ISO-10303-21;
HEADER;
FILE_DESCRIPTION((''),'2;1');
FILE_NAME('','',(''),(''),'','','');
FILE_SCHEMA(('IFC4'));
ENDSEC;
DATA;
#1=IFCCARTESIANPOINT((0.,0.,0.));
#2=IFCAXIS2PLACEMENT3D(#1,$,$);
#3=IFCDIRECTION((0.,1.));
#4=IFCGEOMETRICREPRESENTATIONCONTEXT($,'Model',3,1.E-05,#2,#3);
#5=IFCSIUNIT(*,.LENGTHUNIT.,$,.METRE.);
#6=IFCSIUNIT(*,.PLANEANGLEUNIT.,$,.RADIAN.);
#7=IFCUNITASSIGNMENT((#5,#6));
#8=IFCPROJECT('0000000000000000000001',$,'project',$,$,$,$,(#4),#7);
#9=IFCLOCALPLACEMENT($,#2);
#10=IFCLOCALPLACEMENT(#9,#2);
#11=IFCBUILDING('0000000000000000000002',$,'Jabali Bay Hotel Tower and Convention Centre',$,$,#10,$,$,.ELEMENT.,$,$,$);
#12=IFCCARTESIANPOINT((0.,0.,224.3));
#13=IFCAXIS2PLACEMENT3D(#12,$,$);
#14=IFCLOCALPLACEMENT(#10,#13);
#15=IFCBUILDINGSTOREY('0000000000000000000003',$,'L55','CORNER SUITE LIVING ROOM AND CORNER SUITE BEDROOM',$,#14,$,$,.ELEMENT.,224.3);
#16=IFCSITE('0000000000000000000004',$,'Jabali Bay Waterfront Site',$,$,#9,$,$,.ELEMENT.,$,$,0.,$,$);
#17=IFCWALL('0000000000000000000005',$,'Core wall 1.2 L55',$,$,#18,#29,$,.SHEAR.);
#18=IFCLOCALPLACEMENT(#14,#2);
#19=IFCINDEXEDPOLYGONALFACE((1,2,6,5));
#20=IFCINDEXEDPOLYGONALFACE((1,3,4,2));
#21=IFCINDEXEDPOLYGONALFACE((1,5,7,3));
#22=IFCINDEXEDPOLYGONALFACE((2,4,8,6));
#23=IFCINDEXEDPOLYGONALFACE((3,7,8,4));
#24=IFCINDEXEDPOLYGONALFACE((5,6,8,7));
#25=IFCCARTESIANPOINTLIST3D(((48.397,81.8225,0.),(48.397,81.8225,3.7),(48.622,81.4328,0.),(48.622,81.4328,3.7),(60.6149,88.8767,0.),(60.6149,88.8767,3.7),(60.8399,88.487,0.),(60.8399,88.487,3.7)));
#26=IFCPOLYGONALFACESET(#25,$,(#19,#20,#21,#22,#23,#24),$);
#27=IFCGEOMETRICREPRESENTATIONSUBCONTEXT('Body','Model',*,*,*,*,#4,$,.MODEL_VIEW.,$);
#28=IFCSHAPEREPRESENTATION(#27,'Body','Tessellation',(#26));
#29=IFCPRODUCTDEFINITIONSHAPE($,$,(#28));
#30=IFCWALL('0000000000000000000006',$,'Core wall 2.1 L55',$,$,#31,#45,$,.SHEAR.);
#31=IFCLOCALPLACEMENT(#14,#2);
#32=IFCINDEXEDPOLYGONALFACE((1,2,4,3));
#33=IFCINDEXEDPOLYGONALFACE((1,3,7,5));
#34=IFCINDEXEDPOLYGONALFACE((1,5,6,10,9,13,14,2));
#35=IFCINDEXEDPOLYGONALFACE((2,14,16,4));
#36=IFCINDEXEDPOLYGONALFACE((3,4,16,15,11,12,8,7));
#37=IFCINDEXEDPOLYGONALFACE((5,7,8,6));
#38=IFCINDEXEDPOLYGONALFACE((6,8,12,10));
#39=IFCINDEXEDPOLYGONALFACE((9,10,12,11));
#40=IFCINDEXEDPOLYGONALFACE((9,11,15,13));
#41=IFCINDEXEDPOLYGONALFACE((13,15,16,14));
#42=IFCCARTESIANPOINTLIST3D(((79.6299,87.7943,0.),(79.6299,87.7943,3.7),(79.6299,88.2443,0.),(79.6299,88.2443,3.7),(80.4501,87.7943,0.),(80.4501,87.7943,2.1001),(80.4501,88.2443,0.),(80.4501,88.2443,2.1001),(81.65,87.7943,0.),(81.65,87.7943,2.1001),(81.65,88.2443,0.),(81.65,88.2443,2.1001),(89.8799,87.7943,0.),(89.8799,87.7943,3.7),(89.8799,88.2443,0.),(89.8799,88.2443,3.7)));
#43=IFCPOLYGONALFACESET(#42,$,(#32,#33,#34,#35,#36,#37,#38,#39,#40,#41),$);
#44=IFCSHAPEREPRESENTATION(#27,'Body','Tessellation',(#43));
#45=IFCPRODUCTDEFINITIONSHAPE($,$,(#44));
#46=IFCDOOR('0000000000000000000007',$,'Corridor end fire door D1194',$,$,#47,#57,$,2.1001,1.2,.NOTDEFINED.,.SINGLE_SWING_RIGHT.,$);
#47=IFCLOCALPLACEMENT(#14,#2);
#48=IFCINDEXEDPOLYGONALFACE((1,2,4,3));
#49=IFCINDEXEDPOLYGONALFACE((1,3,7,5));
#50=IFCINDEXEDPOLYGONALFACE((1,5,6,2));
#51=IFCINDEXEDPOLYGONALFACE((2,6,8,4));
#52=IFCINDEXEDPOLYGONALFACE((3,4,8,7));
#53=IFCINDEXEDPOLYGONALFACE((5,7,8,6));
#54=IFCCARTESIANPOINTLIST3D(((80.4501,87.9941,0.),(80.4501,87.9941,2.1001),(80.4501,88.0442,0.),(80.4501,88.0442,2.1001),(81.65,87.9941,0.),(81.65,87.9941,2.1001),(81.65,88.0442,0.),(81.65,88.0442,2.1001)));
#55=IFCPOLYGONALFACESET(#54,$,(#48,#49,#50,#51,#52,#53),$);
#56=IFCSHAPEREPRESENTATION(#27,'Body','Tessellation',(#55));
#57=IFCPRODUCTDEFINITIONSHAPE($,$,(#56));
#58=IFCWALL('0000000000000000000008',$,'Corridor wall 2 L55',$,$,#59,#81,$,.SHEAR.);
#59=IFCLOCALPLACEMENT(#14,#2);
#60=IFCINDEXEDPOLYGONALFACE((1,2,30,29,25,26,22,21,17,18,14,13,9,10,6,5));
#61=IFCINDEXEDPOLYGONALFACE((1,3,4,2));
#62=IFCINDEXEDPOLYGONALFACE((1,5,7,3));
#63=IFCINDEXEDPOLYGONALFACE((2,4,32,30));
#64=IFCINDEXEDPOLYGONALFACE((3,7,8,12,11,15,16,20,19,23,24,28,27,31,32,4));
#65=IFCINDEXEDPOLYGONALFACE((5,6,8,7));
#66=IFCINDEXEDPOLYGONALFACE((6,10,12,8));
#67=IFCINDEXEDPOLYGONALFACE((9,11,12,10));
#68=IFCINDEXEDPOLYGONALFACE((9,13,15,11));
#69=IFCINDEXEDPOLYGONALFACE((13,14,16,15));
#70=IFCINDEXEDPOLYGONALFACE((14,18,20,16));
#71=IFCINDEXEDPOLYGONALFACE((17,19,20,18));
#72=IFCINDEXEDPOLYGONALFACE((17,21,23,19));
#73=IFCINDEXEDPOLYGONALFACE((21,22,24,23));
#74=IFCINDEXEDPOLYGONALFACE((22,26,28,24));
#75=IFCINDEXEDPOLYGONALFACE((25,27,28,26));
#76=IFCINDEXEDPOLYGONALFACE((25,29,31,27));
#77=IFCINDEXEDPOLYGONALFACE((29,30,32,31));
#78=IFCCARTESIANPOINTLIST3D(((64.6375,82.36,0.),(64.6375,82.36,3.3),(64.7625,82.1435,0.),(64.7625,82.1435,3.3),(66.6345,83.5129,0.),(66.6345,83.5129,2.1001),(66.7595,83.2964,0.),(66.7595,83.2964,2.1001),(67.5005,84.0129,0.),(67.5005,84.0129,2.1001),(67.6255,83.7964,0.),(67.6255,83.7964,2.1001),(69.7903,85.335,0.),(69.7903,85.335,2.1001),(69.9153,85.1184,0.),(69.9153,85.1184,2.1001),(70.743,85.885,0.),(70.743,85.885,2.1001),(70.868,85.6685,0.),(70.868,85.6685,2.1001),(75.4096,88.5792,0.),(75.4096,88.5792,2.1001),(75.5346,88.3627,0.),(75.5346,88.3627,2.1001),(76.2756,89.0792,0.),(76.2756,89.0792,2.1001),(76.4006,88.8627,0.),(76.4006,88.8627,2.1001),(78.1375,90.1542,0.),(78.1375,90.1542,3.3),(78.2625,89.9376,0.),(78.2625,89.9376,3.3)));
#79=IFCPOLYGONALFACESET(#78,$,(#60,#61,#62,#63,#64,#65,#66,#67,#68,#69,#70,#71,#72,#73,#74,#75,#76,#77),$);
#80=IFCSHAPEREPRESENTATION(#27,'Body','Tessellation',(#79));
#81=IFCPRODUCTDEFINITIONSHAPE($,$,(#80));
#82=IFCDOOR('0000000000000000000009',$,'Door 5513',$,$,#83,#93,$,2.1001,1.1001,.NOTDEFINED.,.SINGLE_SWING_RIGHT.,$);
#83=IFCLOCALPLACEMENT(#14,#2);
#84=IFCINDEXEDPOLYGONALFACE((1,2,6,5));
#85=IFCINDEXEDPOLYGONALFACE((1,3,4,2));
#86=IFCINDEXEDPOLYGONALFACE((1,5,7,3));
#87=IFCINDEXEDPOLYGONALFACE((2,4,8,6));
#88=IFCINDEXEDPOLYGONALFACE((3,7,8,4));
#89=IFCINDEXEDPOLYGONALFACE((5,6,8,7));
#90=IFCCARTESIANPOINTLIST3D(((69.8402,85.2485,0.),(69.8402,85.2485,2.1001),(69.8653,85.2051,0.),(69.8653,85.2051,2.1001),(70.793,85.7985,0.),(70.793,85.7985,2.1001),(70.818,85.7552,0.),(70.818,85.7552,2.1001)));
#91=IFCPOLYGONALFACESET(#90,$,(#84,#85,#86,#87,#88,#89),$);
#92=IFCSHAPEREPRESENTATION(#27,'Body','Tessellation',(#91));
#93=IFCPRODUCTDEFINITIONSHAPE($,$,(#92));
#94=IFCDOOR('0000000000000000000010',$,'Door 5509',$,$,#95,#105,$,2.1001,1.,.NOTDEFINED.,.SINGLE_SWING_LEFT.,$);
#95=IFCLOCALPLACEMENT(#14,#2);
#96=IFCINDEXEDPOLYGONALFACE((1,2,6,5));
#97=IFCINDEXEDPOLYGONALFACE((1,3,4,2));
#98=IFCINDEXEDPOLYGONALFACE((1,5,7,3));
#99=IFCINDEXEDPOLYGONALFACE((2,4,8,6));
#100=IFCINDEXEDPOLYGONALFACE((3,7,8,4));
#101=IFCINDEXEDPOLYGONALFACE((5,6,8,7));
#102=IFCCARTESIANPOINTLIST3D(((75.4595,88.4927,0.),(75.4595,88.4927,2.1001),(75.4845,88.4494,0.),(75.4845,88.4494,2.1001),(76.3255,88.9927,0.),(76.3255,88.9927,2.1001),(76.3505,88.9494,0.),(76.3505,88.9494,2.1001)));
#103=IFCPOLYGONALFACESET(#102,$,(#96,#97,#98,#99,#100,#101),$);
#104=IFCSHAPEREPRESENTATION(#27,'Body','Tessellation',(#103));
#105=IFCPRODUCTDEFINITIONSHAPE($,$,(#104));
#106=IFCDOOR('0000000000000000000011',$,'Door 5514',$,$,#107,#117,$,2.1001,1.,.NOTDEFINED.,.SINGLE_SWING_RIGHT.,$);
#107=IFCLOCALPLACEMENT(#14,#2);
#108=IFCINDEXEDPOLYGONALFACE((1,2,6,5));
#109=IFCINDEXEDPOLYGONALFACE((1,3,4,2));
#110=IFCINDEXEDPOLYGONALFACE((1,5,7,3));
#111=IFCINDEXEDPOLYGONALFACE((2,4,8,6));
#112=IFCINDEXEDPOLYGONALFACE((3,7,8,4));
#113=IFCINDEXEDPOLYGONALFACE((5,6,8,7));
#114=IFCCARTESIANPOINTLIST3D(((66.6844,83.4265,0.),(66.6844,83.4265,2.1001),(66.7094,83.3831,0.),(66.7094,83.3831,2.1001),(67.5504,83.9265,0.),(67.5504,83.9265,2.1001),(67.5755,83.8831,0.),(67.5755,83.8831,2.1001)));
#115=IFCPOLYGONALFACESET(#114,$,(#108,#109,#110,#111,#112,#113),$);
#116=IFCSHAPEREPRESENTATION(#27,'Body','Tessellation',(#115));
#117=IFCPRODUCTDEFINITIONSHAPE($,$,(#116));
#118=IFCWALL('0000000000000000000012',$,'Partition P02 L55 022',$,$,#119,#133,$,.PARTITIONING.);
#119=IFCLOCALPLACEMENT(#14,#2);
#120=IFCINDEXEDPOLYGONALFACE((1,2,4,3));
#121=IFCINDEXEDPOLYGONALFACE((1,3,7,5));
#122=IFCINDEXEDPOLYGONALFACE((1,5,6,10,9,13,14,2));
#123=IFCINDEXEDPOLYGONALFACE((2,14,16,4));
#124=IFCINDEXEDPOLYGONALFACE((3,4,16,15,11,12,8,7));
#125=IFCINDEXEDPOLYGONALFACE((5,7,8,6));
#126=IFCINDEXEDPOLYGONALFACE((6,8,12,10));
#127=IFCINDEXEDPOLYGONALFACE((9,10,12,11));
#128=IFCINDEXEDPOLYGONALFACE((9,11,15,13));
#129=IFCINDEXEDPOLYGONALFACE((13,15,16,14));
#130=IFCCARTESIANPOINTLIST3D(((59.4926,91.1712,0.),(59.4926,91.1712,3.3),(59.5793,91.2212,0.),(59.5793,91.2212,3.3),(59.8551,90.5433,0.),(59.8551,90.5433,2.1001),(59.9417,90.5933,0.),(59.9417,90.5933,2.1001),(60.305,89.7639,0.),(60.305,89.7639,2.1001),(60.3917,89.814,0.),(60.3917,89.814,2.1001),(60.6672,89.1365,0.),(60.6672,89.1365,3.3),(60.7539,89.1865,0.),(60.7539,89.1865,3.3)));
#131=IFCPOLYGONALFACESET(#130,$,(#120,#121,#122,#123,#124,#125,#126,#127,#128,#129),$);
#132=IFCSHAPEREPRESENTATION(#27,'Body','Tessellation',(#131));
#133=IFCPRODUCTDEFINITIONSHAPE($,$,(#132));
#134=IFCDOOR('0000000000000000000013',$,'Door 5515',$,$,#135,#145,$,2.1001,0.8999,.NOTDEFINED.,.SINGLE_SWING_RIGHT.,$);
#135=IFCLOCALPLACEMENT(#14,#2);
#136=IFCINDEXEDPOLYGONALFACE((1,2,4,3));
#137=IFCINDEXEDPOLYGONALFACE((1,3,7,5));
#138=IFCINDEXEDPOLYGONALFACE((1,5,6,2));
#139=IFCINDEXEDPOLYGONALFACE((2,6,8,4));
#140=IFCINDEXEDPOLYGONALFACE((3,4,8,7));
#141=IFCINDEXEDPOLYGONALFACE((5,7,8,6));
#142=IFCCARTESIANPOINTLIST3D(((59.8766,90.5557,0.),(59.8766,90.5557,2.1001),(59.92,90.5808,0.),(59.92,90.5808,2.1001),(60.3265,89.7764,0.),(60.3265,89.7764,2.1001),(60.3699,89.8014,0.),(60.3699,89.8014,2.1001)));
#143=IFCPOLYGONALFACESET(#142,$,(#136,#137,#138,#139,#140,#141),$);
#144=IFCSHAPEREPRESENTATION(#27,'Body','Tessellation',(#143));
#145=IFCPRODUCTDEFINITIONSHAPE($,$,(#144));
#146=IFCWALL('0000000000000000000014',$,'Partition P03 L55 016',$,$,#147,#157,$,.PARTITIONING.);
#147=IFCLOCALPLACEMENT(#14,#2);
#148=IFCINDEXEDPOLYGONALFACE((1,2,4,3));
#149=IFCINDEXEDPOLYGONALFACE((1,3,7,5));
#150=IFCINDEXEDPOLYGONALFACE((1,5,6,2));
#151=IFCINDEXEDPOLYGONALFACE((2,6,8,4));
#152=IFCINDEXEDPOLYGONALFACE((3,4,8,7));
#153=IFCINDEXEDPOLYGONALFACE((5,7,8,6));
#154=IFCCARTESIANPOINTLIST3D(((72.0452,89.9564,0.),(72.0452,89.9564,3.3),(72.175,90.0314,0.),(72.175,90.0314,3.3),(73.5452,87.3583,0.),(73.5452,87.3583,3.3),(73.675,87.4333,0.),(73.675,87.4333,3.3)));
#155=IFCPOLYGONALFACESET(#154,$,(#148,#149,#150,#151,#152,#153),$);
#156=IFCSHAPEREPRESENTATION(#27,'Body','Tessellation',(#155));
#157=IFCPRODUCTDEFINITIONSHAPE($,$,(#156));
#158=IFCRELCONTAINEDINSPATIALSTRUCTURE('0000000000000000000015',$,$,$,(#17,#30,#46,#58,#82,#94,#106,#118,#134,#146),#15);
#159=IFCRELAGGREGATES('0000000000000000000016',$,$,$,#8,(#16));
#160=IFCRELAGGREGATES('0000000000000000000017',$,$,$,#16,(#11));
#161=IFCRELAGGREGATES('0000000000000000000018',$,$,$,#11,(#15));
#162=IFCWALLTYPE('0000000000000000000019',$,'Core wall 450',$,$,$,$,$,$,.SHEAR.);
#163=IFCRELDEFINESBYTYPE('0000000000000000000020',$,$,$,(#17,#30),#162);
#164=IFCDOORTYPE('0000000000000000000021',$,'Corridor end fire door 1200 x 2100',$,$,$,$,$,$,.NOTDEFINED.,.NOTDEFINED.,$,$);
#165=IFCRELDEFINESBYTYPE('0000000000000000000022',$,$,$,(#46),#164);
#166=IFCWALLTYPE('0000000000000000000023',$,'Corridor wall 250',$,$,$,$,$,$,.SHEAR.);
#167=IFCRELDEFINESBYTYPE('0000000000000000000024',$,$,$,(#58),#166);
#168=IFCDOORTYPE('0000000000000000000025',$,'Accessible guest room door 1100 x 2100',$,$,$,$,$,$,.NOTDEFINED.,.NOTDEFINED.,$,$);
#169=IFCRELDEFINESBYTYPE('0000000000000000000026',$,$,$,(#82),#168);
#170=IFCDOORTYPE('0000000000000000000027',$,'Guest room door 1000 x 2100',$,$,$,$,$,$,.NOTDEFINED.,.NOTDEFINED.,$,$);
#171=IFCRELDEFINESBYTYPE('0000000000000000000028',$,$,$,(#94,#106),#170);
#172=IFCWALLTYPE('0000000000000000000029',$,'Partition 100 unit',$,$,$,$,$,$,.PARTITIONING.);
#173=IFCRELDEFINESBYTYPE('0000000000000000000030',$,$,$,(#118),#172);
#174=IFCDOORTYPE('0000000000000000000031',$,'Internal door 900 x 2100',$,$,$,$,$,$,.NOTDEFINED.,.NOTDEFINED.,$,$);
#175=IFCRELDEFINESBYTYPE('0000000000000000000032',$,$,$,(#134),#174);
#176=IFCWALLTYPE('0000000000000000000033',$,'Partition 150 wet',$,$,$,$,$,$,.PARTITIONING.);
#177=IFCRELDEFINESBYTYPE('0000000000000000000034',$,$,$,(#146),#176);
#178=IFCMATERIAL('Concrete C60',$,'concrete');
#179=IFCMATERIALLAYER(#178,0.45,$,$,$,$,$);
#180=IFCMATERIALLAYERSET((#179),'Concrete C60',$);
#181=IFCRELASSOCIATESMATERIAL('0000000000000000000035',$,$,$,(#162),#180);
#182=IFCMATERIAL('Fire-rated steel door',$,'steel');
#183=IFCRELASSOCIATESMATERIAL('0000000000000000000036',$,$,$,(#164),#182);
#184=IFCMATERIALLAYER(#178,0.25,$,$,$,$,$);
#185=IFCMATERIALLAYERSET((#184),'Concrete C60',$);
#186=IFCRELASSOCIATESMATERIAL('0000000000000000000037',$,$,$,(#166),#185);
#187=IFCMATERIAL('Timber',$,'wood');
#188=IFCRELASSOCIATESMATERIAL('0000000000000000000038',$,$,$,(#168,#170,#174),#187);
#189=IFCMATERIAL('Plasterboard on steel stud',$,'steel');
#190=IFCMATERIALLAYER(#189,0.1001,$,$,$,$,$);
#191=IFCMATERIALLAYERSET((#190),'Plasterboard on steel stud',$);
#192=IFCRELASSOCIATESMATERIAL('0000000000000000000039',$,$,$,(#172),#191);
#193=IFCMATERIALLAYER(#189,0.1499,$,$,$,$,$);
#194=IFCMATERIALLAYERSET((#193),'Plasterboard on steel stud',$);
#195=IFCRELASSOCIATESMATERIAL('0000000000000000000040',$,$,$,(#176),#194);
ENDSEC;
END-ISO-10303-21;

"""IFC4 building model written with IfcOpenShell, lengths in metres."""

from ifc_helpers import new_model, si_unit, direction, frame, frame_2d, origin, place, context, subcontext, project, spatial, rectangle, extrude, material, layer, layer_set, type_object, element, fill, save


model = new_model("IFC4")

# Units and contexts
model_context = context("Model", 3, precision=1e-05, world=origin(), true_north=direction((0.0, 1.0)))
body_context = subcontext(model_context, "Body", "Model", "MODEL_VIEW")
ifc_project = project(units=[si_unit("LENGTHUNIT", "METRE"), si_unit("PLANEANGLEUNIT", "RADIAN")], contexts=[model_context])

# Site, building, storey
site_placement = place(None, origin())
site = spatial("IfcSite", under=ifc_project, at=site_placement, Name="Jabali Bay Waterfront Site", CompositionType="ELEMENT", RefElevation=0.0)
building_placement = place(site_placement, origin())
building = spatial("IfcBuilding", under=site, at=building_placement, Name="Jabali Bay Hotel Tower and Convention Centre", CompositionType="ELEMENT")
storey_placement = place(building_placement, frame((0.0, 0.0, 224.3)))
storey = spatial("IfcBuildingStorey", under=building, at=storey_placement, Name="L55", Description="CORNER SUITE LIVING ROOM AND CORNER SUITE BEDROOM", CompositionType="ELEMENT", Elevation=224.3)

# Shared definitions
ifc_material_1 = material(Name="Fire-rated steel door", Category="steel")

# Shared definitions
ifc_material_2 = material(Name="Concrete C60", Category="concrete")
ifc_layer_1 = layer(ifc_material_2, 0.45)
ifc_layer_set_1 = layer_set([ifc_layer_1], Name="Concrete C60")
wall_type_1 = type_object("IfcWallType", Name="Core wall 450", PredefinedType="SHEAR", material=ifc_layer_set_1)
door_type_1 = type_object("IfcDoorType", Name="Corridor end fire door 1200 x 2100", OperationType="NOTDEFINED", PredefinedType="NOTDEFINED", material=ifc_material_1)

# Wall
wall_1_placement = place(storey_placement, frame((60.7275, 88.6819, 0.0), z_axis=(0.0, 0.0, 1.0), x_axis=(-0.866022, -0.500007, 0.0)))
element("IfcWall", 1, at=wall_1_placement, inside=storey, type_object=wall_type_1, Name="Core wall 1.2 L55", PredefinedType="SHEAR", context=body_context, shape_type="SweptSolid", body=[
    extrude(rectangle(XDim=14.1082, YDim=0.45, at=frame_2d((7.0542, 0.0))), origin(), (0.0, 0.0, 1.0), 3.7),
])

# Wall, opening, door
wall_2_placement = place(storey_placement, frame((79.6299, 88.0193, 0.0), z_axis=(0.0, 0.0, 1.0), x_axis=(1.0, 0.0, 0.0)))
wall_2 = element("IfcWall", 2, at=wall_2_placement, inside=storey, type_object=wall_type_1, Name="Core wall 2.1 L55", PredefinedType="SHEAR", context=body_context, shape_type="SweptSolid", body=[
    extrude(rectangle(XDim=10.25, YDim=0.45, at=frame_2d((5.125, 0.0))), origin(), (0.0, 0.0, 1.0), 3.7),
])
opening_1_placement = place(wall_2_placement, frame((0.8201, 0.0, 0.0)))
opening_1 = element("IfcOpeningElement", 3, at=opening_1_placement, cuts=wall_2, PredefinedType="OPENING", context=body_context, shape_type="SweptSolid", body=[
    extrude(rectangle(XDim=1.2, YDim=2.1001, at=frame_2d((0.6001, 1.05))), frame((0.0, 0.2354, 0.0), z_axis=(0.0, -1.0, 0.0), x_axis=(1.0, 0.0, 0.0)), (0.0, 0.0, 1.0), 0.4709),
])
door_1_placement = place(opening_1_placement, origin())
door_1 = element("IfcDoor", 4, at=door_1_placement, inside=storey, type_object=door_type_1, Name="Corridor end fire door D1194", OperationType="SINGLE_SWING_RIGHT", OverallHeight=2.1001, OverallWidth=1.2, PredefinedType="NOTDEFINED", context=body_context, shape_type="SweptSolid", body=[
    extrude(rectangle(XDim=1.2, YDim=2.1001, at=frame_2d((0.6001, 1.05))), frame((0.0, 0.0249, 0.0), z_axis=(0.0, -1.0, 0.0), x_axis=(1.0, 0.0, 0.0)), (0.0, 0.0, 1.0), 0.05),
])
fill(opening_1, door_1)

# Wall, openings, doors
ifc_layer_2 = layer(ifc_material_2, 0.25)
ifc_layer_set_2 = layer_set([ifc_layer_2], Name="Concrete C60")
wall_type_2 = type_object("IfcWallType", Name="Corridor wall 250", PredefinedType="SHEAR", material=ifc_layer_set_2)
wall_3_placement = place(storey_placement, frame((78.2, 90.0459, 0.0), z_axis=(0.0, 0.0, 1.0), x_axis=(-0.866026, -0.499998, 0.0)))
wall_3 = element("IfcWall", 5, at=wall_3_placement, inside=storey, type_object=wall_type_2, Name="Corridor wall 2 L55", PredefinedType="SHEAR", context=body_context, shape_type="SweptSolid", body=[
    extrude(rectangle(XDim=15.5884, YDim=0.25, at=frame_2d((7.7942, 0.0))), origin(), (0.0, 0.0, 1.0), 3.3),
])
opening_2_placement = place(wall_3_placement, frame((2.1499, 0.0, 0.0)))
opening_2 = element("IfcOpeningElement", 6, at=opening_2_placement, cuts=wall_3, PredefinedType="OPENING", context=body_context, shape_type="SweptSolid", body=[
    extrude(rectangle(XDim=1.0, YDim=2.1001, at=frame_2d((0.5, 1.05))), frame((0.0, 0.1355, 0.0), z_axis=(0.0, -1.0, 0.0), x_axis=(1.0, 0.0, 0.0)), (0.0, 0.0, 1.0), 0.271),
])
opening_3_placement = place(wall_3_placement, frame((8.5383, 0.0, 0.0)))
opening_3 = element("IfcOpeningElement", 7, at=opening_3_placement, cuts=wall_3, PredefinedType="OPENING", context=body_context, shape_type="SweptSolid", body=[
    extrude(rectangle(XDim=1.1001, YDim=2.1001, at=frame_2d((0.55, 1.05))), frame((0.0, 0.1355, 0.0), z_axis=(0.0, -1.0, 0.0), x_axis=(1.0, 0.0, 0.0)), (0.0, 0.0, 1.0), 0.271),
])
opening_4_placement = place(wall_3_placement, frame((12.2825, 0.0, 0.0)))
opening_4 = element("IfcOpeningElement", 8, at=opening_4_placement, cuts=wall_3, PredefinedType="OPENING", context=body_context, shape_type="SweptSolid", body=[
    extrude(rectangle(XDim=1.0, YDim=2.1001, at=frame_2d((0.5, 1.05))), frame((0.0, 0.1355, 0.0), z_axis=(0.0, -1.0, 0.0), x_axis=(1.0, 0.0, 0.0)), (0.0, 0.0, 1.0), 0.271),
])
ifc_material_3 = material(Name="Timber", Category="wood")
door_type_2 = type_object("IfcDoorType", Name="Accessible guest room door 1100 x 2100", OperationType="NOTDEFINED", PredefinedType="NOTDEFINED", material=ifc_material_3)
door_2_placement = place(opening_3_placement, origin())
door_2 = element("IfcDoor", 9, at=door_2_placement, inside=storey, type_object=door_type_2, Name="Door 5513", OperationType="SINGLE_SWING_RIGHT", OverallHeight=2.1001, OverallWidth=1.1001, PredefinedType="NOTDEFINED", context=body_context, shape_type="SweptSolid", body=[
    extrude(rectangle(XDim=1.1001, YDim=2.1001, at=frame_2d((0.55, 1.05))), frame((0.0, 0.0249, 0.0), z_axis=(0.0, -1.0, 0.0), x_axis=(1.0, 0.0, 0.0)), (0.0, 0.0, 1.0), 0.05),
])
fill(opening_3, door_2)
door_type_3 = type_object("IfcDoorType", Name="Guest room door 1000 x 2100", OperationType="NOTDEFINED", PredefinedType="NOTDEFINED", material=ifc_material_3)
door_3_placement = place(opening_2_placement, origin())
door_3 = element("IfcDoor", 10, at=door_3_placement, inside=storey, type_object=door_type_3, Name="Door 5509", OperationType="SINGLE_SWING_LEFT", OverallHeight=2.1001, OverallWidth=1.0, PredefinedType="NOTDEFINED", context=body_context, shape_type="SweptSolid", body=[
    extrude(rectangle(XDim=1.0, YDim=2.1001, at=frame_2d((0.5, 1.05))), frame((0.0, 0.0249, 0.0), z_axis=(0.0, -1.0, 0.0), x_axis=(1.0, 0.0, 0.0)), (0.0, 0.0, 1.0), 0.05),
])
fill(opening_2, door_3)
door_4_placement = place(opening_4_placement, origin())
door_4 = element("IfcDoor", 11, at=door_4_placement, inside=storey, type_object=door_type_3, Name="Door 5514", OperationType="SINGLE_SWING_RIGHT", OverallHeight=2.1001, OverallWidth=1.0, PredefinedType="NOTDEFINED", context=body_context, shape_type="SweptSolid", body=[
    extrude(rectangle(XDim=1.0, YDim=2.1001, at=frame_2d((0.5, 1.05))), frame((0.0, 0.0249, 0.0), z_axis=(0.0, -1.0, 0.0), x_axis=(1.0, 0.0, 0.0)), (0.0, 0.0, 1.0), 0.05),
])
fill(opening_4, door_4)

# Wall, opening, door
ifc_material_4 = material(Name="Plasterboard on steel stud", Category="steel")
ifc_layer_3 = layer(ifc_material_4, 0.1001)
ifc_layer_set_3 = layer_set([ifc_layer_3], Name="Plasterboard on steel stud")
wall_type_3 = type_object("IfcWallType", Name="Partition 100 unit", PredefinedType="PARTITIONING", material=ifc_layer_set_3)
wall_4_placement = place(storey_placement, frame((59.5359, 91.1963, 0.0), z_axis=(0.0, 0.0, 1.0), x_axis=(0.49995, -0.866054, 0.0)))
wall_4 = element("IfcWall", 12, at=wall_4_placement, inside=storey, type_object=wall_type_3, Name="Partition P02 L55 022", PredefinedType="PARTITIONING", context=body_context, shape_type="SweptSolid", body=[
    extrude(rectangle(XDim=2.3494, YDim=0.1001, at=frame_2d((1.1748, 0.0))), origin(), (0.0, 0.0, 1.0), 3.3),
])
opening_5_placement = place(wall_4_placement, frame((0.7251, 0.0, 0.0)))
opening_5 = element("IfcOpeningElement", 13, at=opening_5_placement, cuts=wall_4, PredefinedType="OPENING", context=body_context, shape_type="SweptSolid", body=[
    extrude(rectangle(XDim=0.8999, YDim=2.1001, at=frame_2d((0.45, 1.05))), frame((0.0, 0.0605, 0.0), z_axis=(0.0, -1.0, 0.0), x_axis=(1.0, 0.0, 0.0)), (0.0, 0.0, 1.0), 0.1211),
])
door_type_4 = type_object("IfcDoorType", Name="Internal door 900 x 2100", OperationType="NOTDEFINED", PredefinedType="NOTDEFINED", material=ifc_material_3)
door_5_placement = place(opening_5_placement, origin())
door_5 = element("IfcDoor", 14, at=door_5_placement, inside=storey, type_object=door_type_4, Name="Door 5515", OperationType="SINGLE_SWING_RIGHT", OverallHeight=2.1001, OverallWidth=0.8999, PredefinedType="NOTDEFINED", context=body_context, shape_type="SweptSolid", body=[
    extrude(rectangle(XDim=0.8999, YDim=2.1001, at=frame_2d((0.45, 1.05))), frame((0.0, 0.0249, 0.0), z_axis=(0.0, -1.0, 0.0), x_axis=(1.0, 0.0, 0.0)), (0.0, 0.0, 1.0), 0.05),
])
fill(opening_5, door_5)

# Wall
ifc_layer_4 = layer(ifc_material_4, 0.1499)
ifc_layer_set_4 = layer_set([ifc_layer_4], Name="Plasterboard on steel stud")
wall_type_4 = type_object("IfcWallType", Name="Partition 150 wet", PredefinedType="PARTITIONING", material=ifc_layer_set_4)
wall_5_placement = place(storey_placement, frame((72.1101, 89.9939, 0.0), z_axis=(0.0, 0.0, 1.0), x_axis=(0.49999, -0.866031, 0.0)))
element("IfcWall", 15, at=wall_5_placement, inside=storey, type_object=wall_type_4, Name="Partition P03 L55 016", PredefinedType="PARTITIONING", context=body_context, shape_type="SweptSolid", body=[
    extrude(rectangle(XDim=3.0, YDim=0.1499, at=frame_2d((1.5, 0.0))), origin(), (0.0, 0.0, 1.0), 3.3),
])

save(model, "model.ifc")
